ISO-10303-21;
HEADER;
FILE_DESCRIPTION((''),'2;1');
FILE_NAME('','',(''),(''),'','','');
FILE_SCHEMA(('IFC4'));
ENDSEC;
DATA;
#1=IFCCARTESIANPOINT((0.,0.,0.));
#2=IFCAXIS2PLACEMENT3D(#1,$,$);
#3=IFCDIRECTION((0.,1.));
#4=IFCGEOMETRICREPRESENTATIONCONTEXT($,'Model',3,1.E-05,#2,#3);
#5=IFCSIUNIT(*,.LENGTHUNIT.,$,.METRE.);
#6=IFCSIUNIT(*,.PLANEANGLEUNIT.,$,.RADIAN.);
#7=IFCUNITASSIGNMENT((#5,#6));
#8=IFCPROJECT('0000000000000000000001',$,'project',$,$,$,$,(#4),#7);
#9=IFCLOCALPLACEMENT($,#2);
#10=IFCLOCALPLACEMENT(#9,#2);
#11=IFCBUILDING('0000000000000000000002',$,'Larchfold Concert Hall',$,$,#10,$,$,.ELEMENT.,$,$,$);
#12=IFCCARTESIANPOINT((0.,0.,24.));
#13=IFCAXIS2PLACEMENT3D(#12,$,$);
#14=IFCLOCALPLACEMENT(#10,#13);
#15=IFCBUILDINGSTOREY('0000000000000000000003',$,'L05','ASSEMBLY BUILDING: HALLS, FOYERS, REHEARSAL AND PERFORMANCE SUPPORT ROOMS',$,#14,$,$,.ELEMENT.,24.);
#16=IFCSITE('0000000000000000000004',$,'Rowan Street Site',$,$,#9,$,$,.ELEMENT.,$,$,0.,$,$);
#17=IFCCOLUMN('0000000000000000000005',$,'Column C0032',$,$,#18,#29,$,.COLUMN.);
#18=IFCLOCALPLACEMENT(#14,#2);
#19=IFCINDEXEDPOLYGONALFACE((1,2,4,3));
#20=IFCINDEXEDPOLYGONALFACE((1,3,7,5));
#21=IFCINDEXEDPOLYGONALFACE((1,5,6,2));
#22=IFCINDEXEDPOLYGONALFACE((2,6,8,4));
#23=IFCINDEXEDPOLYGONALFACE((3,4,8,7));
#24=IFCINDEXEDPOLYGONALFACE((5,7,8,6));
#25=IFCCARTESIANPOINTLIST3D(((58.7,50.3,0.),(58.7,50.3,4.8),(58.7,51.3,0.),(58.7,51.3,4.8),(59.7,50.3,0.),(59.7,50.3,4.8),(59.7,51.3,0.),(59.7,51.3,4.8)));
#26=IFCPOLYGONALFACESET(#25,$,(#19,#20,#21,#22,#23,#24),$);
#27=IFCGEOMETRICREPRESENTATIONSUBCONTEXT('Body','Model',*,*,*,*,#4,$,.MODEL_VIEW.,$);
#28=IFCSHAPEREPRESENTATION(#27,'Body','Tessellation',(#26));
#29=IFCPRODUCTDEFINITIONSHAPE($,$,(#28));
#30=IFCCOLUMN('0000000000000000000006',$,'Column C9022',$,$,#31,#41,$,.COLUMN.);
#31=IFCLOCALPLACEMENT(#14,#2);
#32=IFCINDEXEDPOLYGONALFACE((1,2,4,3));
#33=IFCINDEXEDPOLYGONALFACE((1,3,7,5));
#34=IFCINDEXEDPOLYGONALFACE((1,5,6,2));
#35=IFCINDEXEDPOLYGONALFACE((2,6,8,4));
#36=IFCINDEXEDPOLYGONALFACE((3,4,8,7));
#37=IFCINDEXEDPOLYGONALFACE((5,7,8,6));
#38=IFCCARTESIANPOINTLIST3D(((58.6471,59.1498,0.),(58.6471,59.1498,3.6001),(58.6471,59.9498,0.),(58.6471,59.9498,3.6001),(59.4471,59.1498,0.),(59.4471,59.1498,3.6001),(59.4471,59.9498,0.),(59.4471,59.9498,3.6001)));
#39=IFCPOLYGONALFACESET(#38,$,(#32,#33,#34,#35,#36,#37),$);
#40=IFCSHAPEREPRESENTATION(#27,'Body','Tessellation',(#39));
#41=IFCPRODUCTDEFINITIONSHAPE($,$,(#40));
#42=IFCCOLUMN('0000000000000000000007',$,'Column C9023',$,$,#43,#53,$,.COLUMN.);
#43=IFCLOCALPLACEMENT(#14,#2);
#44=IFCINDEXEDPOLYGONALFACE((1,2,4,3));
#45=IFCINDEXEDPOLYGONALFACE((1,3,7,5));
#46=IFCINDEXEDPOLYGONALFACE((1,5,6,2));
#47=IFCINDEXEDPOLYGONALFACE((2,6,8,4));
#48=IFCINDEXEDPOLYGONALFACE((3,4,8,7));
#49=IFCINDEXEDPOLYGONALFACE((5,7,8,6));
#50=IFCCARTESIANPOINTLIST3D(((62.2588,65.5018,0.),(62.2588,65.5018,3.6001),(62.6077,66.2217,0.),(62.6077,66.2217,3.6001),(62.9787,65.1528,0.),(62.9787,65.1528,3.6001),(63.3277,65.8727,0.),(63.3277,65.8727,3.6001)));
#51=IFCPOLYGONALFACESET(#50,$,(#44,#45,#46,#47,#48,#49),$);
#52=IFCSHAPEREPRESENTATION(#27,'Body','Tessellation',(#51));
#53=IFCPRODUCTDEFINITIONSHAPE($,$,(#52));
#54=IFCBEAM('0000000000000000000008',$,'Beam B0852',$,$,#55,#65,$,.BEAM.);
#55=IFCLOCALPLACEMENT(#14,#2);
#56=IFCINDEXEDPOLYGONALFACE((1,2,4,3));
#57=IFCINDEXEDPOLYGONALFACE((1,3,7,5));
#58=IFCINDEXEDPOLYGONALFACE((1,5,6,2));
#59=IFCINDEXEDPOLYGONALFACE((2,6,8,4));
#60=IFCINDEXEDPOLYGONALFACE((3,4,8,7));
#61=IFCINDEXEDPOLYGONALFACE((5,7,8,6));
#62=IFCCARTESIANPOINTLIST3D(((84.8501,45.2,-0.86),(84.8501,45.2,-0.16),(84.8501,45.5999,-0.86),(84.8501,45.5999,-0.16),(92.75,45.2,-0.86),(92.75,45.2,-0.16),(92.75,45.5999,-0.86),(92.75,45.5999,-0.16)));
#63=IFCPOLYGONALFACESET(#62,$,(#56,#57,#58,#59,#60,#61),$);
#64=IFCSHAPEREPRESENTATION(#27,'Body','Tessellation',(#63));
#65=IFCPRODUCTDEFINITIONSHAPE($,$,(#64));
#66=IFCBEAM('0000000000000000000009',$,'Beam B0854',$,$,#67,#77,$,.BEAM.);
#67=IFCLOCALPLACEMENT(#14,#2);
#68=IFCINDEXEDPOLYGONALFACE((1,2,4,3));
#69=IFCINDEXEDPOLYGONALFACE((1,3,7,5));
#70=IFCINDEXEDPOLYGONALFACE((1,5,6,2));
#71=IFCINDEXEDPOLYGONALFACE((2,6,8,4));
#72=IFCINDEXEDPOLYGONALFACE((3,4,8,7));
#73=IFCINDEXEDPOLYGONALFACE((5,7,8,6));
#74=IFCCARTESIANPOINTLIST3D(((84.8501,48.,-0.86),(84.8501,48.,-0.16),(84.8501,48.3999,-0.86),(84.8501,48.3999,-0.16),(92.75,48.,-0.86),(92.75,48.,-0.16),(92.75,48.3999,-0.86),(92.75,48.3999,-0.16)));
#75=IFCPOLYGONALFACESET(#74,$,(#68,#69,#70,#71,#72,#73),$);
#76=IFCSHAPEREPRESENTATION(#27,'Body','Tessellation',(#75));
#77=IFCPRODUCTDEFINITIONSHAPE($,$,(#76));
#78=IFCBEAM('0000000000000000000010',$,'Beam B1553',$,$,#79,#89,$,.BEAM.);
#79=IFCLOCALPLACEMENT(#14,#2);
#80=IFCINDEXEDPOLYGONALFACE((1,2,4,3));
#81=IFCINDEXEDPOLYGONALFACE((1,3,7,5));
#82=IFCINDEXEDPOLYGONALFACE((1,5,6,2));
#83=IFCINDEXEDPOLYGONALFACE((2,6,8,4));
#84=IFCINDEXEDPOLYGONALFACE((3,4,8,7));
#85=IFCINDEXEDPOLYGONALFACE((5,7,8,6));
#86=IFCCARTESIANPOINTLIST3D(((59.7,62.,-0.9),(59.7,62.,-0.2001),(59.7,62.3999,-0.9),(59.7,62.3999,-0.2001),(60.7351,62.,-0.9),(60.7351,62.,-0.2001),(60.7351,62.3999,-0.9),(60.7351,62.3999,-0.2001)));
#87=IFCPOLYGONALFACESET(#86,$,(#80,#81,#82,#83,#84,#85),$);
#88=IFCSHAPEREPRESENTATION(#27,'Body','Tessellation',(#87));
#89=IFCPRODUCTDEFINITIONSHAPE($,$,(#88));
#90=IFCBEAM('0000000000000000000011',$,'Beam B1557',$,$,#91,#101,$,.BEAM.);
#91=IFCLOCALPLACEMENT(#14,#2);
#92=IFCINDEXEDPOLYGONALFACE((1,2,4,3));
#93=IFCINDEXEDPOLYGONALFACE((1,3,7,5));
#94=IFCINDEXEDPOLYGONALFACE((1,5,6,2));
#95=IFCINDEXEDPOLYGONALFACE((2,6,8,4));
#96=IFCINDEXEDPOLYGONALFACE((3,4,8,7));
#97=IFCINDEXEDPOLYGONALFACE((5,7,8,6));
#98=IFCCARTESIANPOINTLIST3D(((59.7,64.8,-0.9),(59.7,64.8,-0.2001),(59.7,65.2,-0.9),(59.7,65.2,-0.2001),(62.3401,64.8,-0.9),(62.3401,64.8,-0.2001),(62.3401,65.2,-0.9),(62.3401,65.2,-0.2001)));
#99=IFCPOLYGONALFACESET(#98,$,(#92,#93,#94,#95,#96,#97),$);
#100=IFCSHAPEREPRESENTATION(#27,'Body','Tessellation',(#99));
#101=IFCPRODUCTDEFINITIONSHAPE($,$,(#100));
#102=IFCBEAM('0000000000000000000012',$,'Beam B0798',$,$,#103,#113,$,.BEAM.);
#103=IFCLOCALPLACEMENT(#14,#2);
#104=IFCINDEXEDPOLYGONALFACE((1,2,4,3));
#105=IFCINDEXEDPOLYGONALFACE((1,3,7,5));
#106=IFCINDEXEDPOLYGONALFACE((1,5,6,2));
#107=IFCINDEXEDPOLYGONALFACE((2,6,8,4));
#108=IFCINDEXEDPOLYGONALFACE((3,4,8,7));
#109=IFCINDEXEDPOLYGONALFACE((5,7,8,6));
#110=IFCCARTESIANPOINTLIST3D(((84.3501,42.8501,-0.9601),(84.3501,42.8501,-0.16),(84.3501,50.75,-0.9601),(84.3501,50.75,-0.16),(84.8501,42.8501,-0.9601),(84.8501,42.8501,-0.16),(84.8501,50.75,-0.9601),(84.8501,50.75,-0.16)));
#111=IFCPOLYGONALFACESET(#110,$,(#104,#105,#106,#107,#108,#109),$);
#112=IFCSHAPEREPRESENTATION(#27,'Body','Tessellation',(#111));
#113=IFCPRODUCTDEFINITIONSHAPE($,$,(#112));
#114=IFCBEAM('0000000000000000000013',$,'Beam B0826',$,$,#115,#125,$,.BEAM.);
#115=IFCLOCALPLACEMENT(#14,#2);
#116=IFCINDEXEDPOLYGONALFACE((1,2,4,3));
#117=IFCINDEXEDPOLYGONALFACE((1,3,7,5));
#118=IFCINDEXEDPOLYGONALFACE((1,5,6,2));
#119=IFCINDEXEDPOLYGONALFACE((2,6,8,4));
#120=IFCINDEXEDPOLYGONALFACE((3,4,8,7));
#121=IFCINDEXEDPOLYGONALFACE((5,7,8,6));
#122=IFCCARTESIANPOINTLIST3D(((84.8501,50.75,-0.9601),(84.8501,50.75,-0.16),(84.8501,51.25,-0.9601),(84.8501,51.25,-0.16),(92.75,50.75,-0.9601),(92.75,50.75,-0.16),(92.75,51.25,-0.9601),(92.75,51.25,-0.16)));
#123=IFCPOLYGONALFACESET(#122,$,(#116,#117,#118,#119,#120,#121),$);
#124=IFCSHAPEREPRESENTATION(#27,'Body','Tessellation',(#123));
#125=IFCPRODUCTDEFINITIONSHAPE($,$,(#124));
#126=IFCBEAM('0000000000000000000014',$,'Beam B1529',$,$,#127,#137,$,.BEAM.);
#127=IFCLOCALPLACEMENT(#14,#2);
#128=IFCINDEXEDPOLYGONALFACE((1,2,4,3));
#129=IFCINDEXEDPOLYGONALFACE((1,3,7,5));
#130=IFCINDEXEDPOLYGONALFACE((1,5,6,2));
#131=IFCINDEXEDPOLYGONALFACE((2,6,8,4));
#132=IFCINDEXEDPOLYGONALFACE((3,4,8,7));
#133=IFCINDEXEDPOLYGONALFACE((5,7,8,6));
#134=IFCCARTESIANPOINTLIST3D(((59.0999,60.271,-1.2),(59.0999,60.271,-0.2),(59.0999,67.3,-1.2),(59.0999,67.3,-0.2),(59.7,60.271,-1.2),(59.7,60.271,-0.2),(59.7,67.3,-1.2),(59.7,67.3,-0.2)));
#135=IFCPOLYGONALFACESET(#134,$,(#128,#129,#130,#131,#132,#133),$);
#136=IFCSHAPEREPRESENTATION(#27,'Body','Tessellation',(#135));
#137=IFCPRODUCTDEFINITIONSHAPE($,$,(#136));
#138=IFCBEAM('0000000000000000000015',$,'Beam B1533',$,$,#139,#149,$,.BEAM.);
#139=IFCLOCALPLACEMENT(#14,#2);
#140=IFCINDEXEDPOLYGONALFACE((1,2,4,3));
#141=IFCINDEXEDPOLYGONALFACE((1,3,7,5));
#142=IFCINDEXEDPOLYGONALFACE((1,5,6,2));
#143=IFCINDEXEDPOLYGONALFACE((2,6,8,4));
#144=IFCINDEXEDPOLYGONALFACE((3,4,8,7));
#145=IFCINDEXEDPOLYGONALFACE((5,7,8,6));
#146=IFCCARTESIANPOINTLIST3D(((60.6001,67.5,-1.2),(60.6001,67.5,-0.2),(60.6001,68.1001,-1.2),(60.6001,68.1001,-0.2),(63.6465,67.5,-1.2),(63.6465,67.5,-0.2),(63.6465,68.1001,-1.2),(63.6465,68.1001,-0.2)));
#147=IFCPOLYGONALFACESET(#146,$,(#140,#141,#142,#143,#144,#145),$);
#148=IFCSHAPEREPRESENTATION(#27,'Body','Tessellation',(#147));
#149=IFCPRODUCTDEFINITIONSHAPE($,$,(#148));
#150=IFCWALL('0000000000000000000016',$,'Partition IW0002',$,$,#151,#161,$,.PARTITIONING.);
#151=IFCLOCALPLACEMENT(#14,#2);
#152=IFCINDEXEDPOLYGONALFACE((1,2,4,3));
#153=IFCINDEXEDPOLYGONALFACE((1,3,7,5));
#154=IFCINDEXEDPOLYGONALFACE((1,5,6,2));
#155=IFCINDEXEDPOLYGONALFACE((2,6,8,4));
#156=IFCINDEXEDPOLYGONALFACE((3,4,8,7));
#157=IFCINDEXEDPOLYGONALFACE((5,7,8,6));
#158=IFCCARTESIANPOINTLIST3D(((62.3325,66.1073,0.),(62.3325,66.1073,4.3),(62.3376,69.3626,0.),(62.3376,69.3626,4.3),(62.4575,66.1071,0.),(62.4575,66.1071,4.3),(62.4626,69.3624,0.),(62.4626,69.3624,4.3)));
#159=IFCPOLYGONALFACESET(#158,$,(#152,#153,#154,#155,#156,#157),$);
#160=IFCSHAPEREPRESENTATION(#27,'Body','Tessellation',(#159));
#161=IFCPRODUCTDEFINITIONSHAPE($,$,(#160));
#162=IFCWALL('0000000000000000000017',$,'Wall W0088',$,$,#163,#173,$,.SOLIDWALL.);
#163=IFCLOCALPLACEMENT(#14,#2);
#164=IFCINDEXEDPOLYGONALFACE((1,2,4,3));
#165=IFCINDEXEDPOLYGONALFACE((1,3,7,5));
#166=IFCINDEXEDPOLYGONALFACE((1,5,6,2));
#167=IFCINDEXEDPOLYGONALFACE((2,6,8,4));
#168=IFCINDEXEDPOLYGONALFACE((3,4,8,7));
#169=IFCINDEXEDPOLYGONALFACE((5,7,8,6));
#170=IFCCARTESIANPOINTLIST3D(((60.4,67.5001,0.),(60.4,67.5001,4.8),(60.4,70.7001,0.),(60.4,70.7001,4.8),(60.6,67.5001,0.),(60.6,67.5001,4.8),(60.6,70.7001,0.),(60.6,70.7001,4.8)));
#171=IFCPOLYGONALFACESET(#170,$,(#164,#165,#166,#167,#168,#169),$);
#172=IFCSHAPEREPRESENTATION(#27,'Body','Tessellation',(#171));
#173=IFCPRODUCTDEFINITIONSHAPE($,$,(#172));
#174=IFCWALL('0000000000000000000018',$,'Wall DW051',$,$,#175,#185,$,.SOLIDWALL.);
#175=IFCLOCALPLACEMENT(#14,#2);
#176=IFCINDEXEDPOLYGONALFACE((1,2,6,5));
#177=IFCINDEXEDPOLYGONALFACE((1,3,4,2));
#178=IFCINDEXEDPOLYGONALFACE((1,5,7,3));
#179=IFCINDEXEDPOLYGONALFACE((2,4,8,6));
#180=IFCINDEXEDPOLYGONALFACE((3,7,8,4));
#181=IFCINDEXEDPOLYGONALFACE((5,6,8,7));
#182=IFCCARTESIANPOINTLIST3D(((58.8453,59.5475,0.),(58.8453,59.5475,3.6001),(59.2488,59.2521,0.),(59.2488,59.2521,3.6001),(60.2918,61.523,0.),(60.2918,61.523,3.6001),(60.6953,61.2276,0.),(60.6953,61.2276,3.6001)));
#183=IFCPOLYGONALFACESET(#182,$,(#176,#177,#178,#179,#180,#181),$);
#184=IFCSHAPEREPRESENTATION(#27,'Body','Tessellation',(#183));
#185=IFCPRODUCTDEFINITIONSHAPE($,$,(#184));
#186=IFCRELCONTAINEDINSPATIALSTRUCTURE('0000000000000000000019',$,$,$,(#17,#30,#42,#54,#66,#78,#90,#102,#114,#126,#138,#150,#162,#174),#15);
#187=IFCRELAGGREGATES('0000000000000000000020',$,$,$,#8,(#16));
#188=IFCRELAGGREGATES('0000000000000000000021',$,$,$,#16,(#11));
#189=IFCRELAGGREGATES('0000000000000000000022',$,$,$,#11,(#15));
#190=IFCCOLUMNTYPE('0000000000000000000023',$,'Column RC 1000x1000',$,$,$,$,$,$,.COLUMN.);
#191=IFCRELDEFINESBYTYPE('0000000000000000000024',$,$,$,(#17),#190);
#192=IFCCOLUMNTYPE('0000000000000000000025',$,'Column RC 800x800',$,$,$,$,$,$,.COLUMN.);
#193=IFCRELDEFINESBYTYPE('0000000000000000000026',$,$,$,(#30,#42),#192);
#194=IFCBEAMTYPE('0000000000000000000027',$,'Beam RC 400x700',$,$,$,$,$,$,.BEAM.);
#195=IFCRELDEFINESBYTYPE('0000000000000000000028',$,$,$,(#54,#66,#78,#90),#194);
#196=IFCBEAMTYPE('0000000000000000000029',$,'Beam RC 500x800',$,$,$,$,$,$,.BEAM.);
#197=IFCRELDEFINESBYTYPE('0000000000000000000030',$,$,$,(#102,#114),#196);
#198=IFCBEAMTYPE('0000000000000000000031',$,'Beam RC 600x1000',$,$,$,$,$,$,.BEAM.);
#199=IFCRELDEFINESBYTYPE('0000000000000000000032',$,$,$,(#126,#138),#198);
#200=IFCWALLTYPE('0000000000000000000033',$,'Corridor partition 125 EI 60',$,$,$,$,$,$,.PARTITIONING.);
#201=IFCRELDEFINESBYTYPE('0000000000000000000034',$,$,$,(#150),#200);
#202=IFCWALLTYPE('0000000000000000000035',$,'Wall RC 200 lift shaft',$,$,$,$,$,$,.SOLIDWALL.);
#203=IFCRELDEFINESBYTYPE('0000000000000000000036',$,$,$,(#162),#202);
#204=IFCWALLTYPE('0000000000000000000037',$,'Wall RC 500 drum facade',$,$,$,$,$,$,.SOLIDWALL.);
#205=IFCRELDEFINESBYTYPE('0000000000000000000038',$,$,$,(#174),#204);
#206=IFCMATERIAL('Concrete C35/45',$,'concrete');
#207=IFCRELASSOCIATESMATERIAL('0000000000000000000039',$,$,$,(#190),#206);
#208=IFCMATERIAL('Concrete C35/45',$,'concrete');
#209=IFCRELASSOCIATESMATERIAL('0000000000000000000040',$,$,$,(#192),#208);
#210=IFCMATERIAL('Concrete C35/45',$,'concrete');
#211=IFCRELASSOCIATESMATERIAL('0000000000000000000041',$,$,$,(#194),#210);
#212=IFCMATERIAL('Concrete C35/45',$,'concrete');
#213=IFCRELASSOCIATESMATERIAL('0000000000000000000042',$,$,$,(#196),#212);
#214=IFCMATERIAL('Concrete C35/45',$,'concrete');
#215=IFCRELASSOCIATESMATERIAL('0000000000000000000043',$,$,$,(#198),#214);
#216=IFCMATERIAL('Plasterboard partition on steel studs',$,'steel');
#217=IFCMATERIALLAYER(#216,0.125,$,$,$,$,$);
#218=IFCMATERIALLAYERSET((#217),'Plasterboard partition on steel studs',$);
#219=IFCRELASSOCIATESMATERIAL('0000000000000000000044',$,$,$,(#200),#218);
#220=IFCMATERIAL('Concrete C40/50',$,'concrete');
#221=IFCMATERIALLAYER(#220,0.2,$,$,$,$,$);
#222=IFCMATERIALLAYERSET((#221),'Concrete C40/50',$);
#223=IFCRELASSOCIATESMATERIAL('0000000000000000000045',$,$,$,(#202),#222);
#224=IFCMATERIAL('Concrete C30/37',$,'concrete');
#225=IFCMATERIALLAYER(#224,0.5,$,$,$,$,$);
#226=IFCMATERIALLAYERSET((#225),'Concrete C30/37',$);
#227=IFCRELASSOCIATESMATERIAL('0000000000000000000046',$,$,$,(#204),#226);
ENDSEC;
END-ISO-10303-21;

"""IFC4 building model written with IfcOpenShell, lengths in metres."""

from ifc_helpers import new_model, si_unit, direction, frame, frame_2d, origin, origin_2d, place, context, subcontext, project, spatial, rectangle, extrude, material, layer, layer_set, material_profile, profile_set, type_object, element, save


model = new_model("IFC4")

# Units and contexts
model_context = context("Model", 3, precision=1e-05, world=origin(), true_north=direction((0.0, 1.0)))
body_context = subcontext(model_context, "Body", "Model", "MODEL_VIEW")
ifc_project = project(units=[si_unit("LENGTHUNIT", "METRE"), si_unit("PLANEANGLEUNIT", "RADIAN")], contexts=[model_context])

# Site, building, storey
site_placement = place(None, origin())
site = spatial("IfcSite", under=ifc_project, at=site_placement, Name="Rowan Street Site", CompositionType="ELEMENT", RefElevation=0.0)
building_placement = place(site_placement, origin())
building = spatial("IfcBuilding", under=site, at=building_placement, Name="Larchfold Concert Hall", CompositionType="ELEMENT")
storey_placement = place(building_placement, frame((0.0, 0.0, 24.0)))
storey = spatial("IfcBuildingStorey", under=building, at=storey_placement, Name="L05", Description="ASSEMBLY BUILDING: HALLS, FOYERS, REHEARSAL AND PERFORMANCE SUPPORT ROOMS", CompositionType="ELEMENT", Elevation=24.0)

# Columns
ifc_material_1 = material(Name="Concrete C35/45", Category="concrete")
ifc_material_profile_1 = material_profile(ifc_material_1, rectangle(XDim=1.0, YDim=1.0, at=origin_2d()))
ifc_profile_set_1 = profile_set([ifc_material_profile_1], Name="Concrete C35/45")
column_type_1 = type_object("IfcColumnType", Name="Column RC 1000x1000", PredefinedType="COLUMN", material=ifc_profile_set_1)
column_placement = place(storey_placement, frame((59.2, 50.8, 0.0), z_axis=(0.0, 0.0, 1.0), x_axis=(1.0, 0.0, 0.0)))
element("IfcColumn", 1, at=column_placement, inside=storey, type_object=column_type_1, Name="Column C0032", PredefinedType="COLUMN", context=body_context, shape_type="SweptSolid", body=[
    extrude(rectangle(XDim=1.0, YDim=1.0, at=origin_2d()), origin(), (0.0, 0.0, 1.0), 4.8),
])
ifc_material_2 = material(Name="Concrete C35/45", Category="concrete")
ifc_material_profile_2 = material_profile(ifc_material_2, rectangle(XDim=0.8, YDim=0.8, at=origin_2d()))
ifc_profile_set_2 = profile_set([ifc_material_profile_2], Name="Concrete C35/45")
column_type_2 = type_object("IfcColumnType", Name="Column RC 800x800", PredefinedType="COLUMN", material=ifc_profile_set_2)
for number, where, z_axis, x_axis, name in (
    (2, (59.0471, 59.5498, 0.0), (0.0, 0.0, 1.0), (1.0, 0.0, 0.0), "Column C9022"),
    (3, (62.7932, 65.6873, 0.0), (0.0, 0.0, 1.0), (0.436211, 0.899844, 0.0), "Column C9023"),
):
    element("IfcColumn", number, at=place(storey_placement, frame(where, z_axis=z_axis, x_axis=x_axis)), inside=storey, type_object=column_type_2, Name=name, PredefinedType="COLUMN", context=body_context, shape_type="SweptSolid", body=[
        extrude(rectangle(XDim=0.8, YDim=0.8, at=origin_2d()), origin(), (0.0, 0.0, 1.0), 3.6001),
    ])

# Beams
ifc_material_3 = material(Name="Concrete C35/45", Category="concrete")
ifc_material_profile_3 = material_profile(ifc_material_3, rectangle(XDim=0.3999, YDim=0.7, at=origin_2d()))
ifc_profile_set_3 = profile_set([ifc_material_profile_3], Name="Concrete C35/45")
beam_type_1 = type_object("IfcBeamType", Name="Beam RC 400x700", PredefinedType="BEAM", material=ifc_profile_set_3)
for number, where, z_axis, x_axis, name in (
    (4, (84.8501, 45.3999, -0.51), (1.0, 0.0, 0.0), (0.0, 1.0, 0.0), "Beam B0852"),
    (5, (84.8501, 48.2, -0.51), (1.0, 0.0, 0.0), (0.0, 1.0, 0.0), "Beam B0854"),
):
    element("IfcBeam", number, at=place(storey_placement, frame(where, z_axis=z_axis, x_axis=x_axis)), inside=storey, type_object=beam_type_1, Name=name, PredefinedType="BEAM", context=body_context, shape_type="SweptSolid", body=[
        extrude(rectangle(XDim=0.3999, YDim=0.7, at=origin_2d()), origin(), (0.0, 0.0, 1.0), 7.8999),
    ])
beam_1_placement = place(storey_placement, frame((59.7, 62.2, -0.55), z_axis=(1.0, 0.0, 0.0), x_axis=(0.0, 1.0, 0.0)))
element("IfcBeam", 6, at=beam_1_placement, inside=storey, type_object=beam_type_1, Name="Beam B1553", PredefinedType="BEAM", context=body_context, shape_type="SweptSolid", body=[
    extrude(rectangle(XDim=0.3999, YDim=0.7, at=origin_2d()), origin(), (0.0, 0.0, 1.0), 1.0352),
])
beam_2_placement = place(storey_placement, frame((59.7, 65.0, -0.55), z_axis=(1.0, 0.0, 0.0), x_axis=(0.0, 1.0, 0.0)))
element("IfcBeam", 7, at=beam_2_placement, inside=storey, type_object=beam_type_1, Name="Beam B1557", PredefinedType="BEAM", context=body_context, shape_type="SweptSolid", body=[
    extrude(rectangle(XDim=0.3999, YDim=0.7, at=origin_2d()), origin(), (0.0, 0.0, 1.0), 2.6401),
])
ifc_material_4 = material(Name="Concrete C35/45", Category="concrete")
ifc_material_profile_4 = material_profile(ifc_material_4, rectangle(XDim=0.5, YDim=0.8, at=origin_2d()))
ifc_profile_set_4 = profile_set([ifc_material_profile_4], Name="Concrete C35/45")
beam_type_2 = type_object("IfcBeamType", Name="Beam RC 500x800", PredefinedType="BEAM", material=ifc_profile_set_4)
for number, where, z_axis, x_axis, name in (
    (8, (84.6001, 42.8501, -0.5601), (0.0, 1.0, 0.0), (-1.0, 0.0, 0.0), "Beam B0798"),
    (9, (84.8501, 51.0, -0.5601), (1.0, 0.0, 0.0), (0.0, 1.0, 0.0), "Beam B0826"),
):
    element("IfcBeam", number, at=place(storey_placement, frame(where, z_axis=z_axis, x_axis=x_axis)), inside=storey, type_object=beam_type_2, Name=name, PredefinedType="BEAM", context=body_context, shape_type="SweptSolid", body=[
        extrude(rectangle(XDim=0.5, YDim=0.8, at=origin_2d()), origin(), (0.0, 0.0, 1.0), 7.8999),
    ])
ifc_material_5 = material(Name="Concrete C35/45", Category="concrete")
ifc_material_profile_5 = material_profile(ifc_material_5, rectangle(XDim=0.6001, YDim=1.0, at=origin_2d()))
ifc_profile_set_5 = profile_set([ifc_material_profile_5], Name="Concrete C35/45")
beam_type_3 = type_object("IfcBeamType", Name="Beam RC 600x1000", PredefinedType="BEAM", material=ifc_profile_set_5)
beam_3_placement = place(storey_placement, frame((59.3999, 60.271, -0.7), z_axis=(0.0, 1.0, 0.0), x_axis=(-1.0, 0.0, 0.0)))
element("IfcBeam", 10, at=beam_3_placement, inside=storey, type_object=beam_type_3, Name="Beam B1529", PredefinedType="BEAM", context=body_context, shape_type="SweptSolid", body=[
    extrude(rectangle(XDim=0.6001, YDim=1.0, at=origin_2d()), origin(), (0.0, 0.0, 1.0), 7.0291),
])
beam_4_placement = place(storey_placement, frame((60.6001, 67.8, -0.7), z_axis=(1.0, 0.0, 0.0), x_axis=(0.0, 1.0, 0.0)))
element("IfcBeam", 11, at=beam_4_placement, inside=storey, type_object=beam_type_3, Name="Beam B1533", PredefinedType="BEAM", context=body_context, shape_type="SweptSolid", body=[
    extrude(rectangle(XDim=0.6001, YDim=1.0, at=origin_2d()), origin(), (0.0, 0.0, 1.0), 3.0464),
])

# Walls
ifc_material_6 = material(Name="Plasterboard partition on steel studs", Category="steel")
ifc_layer_1 = layer(ifc_material_6, 0.125)
ifc_layer_set_1 = layer_set([ifc_layer_1], Name="Plasterboard partition on steel studs")
wall_type_1 = type_object("IfcWallType", Name="Corridor partition 125 EI 60", PredefinedType="PARTITIONING", material=ifc_layer_set_1)
wall_1_placement = place(storey_placement, frame((62.395, 66.1072, 0.0), z_axis=(0.0, 0.0, 1.0), x_axis=(0.001575, 0.999999, 0.0)))
element("IfcWall", 12, at=wall_1_placement, inside=storey, type_object=wall_type_1, Name="Partition IW0002", PredefinedType="PARTITIONING", context=body_context, shape_type="SweptSolid", body=[
    extrude(rectangle(XDim=3.2554, YDim=0.125, at=frame_2d((1.6277, 0.0))), origin(), (0.0, 0.0, 1.0), 4.3),
])
ifc_material_7 = material(Name="Concrete C40/50", Category="concrete")
ifc_layer_2 = layer(ifc_material_7, 0.2)
ifc_layer_set_2 = layer_set([ifc_layer_2], Name="Concrete C40/50")
wall_type_2 = type_object("IfcWallType", Name="Wall RC 200 lift shaft", PredefinedType="SOLIDWALL", material=ifc_layer_set_2)
wall_2_placement = place(storey_placement, frame((60.5, 67.5, 0.0), z_axis=(0.0, 0.0, 1.0), x_axis=(0.0, 1.0, 0.0)))
element("IfcWall", 13, at=wall_2_placement, inside=storey, type_object=wall_type_2, Name="Wall W0088", PredefinedType="SOLIDWALL", context=body_context, shape_type="SweptSolid", body=[
    extrude(rectangle(XDim=3.2, YDim=0.2, at=frame_2d((1.6001, 0.0))), origin(), (0.0, 0.0, 1.0), 4.8),
])
ifc_material_8 = material(Name="Concrete C30/37", Category="concrete")
ifc_layer_3 = layer(ifc_material_8, 0.5)
ifc_layer_set_3 = layer_set([ifc_layer_3], Name="Concrete C30/37")
wall_type_3 = type_object("IfcWallType", Name="Wall RC 500 drum facade", PredefinedType="SOLIDWALL", material=ifc_layer_set_3)
wall_3_placement = place(storey_placement, frame((59.0471, 59.3999, 0.0), z_axis=(0.0, 0.0, 1.0), x_axis=(0.590771, 0.806839, 0.0)))
element("IfcWall", 14, at=wall_3_placement, inside=storey, type_object=wall_type_3, Name="Wall DW051", PredefinedType="SOLIDWALL", context=body_context, shape_type="SweptSolid", body=[
    extrude(rectangle(XDim=2.4485, YDim=0.5, at=frame_2d((1.2241, 0.0))), origin(), (0.0, 0.0, 1.0), 3.6001),
])

save(model, "model.ifc")
